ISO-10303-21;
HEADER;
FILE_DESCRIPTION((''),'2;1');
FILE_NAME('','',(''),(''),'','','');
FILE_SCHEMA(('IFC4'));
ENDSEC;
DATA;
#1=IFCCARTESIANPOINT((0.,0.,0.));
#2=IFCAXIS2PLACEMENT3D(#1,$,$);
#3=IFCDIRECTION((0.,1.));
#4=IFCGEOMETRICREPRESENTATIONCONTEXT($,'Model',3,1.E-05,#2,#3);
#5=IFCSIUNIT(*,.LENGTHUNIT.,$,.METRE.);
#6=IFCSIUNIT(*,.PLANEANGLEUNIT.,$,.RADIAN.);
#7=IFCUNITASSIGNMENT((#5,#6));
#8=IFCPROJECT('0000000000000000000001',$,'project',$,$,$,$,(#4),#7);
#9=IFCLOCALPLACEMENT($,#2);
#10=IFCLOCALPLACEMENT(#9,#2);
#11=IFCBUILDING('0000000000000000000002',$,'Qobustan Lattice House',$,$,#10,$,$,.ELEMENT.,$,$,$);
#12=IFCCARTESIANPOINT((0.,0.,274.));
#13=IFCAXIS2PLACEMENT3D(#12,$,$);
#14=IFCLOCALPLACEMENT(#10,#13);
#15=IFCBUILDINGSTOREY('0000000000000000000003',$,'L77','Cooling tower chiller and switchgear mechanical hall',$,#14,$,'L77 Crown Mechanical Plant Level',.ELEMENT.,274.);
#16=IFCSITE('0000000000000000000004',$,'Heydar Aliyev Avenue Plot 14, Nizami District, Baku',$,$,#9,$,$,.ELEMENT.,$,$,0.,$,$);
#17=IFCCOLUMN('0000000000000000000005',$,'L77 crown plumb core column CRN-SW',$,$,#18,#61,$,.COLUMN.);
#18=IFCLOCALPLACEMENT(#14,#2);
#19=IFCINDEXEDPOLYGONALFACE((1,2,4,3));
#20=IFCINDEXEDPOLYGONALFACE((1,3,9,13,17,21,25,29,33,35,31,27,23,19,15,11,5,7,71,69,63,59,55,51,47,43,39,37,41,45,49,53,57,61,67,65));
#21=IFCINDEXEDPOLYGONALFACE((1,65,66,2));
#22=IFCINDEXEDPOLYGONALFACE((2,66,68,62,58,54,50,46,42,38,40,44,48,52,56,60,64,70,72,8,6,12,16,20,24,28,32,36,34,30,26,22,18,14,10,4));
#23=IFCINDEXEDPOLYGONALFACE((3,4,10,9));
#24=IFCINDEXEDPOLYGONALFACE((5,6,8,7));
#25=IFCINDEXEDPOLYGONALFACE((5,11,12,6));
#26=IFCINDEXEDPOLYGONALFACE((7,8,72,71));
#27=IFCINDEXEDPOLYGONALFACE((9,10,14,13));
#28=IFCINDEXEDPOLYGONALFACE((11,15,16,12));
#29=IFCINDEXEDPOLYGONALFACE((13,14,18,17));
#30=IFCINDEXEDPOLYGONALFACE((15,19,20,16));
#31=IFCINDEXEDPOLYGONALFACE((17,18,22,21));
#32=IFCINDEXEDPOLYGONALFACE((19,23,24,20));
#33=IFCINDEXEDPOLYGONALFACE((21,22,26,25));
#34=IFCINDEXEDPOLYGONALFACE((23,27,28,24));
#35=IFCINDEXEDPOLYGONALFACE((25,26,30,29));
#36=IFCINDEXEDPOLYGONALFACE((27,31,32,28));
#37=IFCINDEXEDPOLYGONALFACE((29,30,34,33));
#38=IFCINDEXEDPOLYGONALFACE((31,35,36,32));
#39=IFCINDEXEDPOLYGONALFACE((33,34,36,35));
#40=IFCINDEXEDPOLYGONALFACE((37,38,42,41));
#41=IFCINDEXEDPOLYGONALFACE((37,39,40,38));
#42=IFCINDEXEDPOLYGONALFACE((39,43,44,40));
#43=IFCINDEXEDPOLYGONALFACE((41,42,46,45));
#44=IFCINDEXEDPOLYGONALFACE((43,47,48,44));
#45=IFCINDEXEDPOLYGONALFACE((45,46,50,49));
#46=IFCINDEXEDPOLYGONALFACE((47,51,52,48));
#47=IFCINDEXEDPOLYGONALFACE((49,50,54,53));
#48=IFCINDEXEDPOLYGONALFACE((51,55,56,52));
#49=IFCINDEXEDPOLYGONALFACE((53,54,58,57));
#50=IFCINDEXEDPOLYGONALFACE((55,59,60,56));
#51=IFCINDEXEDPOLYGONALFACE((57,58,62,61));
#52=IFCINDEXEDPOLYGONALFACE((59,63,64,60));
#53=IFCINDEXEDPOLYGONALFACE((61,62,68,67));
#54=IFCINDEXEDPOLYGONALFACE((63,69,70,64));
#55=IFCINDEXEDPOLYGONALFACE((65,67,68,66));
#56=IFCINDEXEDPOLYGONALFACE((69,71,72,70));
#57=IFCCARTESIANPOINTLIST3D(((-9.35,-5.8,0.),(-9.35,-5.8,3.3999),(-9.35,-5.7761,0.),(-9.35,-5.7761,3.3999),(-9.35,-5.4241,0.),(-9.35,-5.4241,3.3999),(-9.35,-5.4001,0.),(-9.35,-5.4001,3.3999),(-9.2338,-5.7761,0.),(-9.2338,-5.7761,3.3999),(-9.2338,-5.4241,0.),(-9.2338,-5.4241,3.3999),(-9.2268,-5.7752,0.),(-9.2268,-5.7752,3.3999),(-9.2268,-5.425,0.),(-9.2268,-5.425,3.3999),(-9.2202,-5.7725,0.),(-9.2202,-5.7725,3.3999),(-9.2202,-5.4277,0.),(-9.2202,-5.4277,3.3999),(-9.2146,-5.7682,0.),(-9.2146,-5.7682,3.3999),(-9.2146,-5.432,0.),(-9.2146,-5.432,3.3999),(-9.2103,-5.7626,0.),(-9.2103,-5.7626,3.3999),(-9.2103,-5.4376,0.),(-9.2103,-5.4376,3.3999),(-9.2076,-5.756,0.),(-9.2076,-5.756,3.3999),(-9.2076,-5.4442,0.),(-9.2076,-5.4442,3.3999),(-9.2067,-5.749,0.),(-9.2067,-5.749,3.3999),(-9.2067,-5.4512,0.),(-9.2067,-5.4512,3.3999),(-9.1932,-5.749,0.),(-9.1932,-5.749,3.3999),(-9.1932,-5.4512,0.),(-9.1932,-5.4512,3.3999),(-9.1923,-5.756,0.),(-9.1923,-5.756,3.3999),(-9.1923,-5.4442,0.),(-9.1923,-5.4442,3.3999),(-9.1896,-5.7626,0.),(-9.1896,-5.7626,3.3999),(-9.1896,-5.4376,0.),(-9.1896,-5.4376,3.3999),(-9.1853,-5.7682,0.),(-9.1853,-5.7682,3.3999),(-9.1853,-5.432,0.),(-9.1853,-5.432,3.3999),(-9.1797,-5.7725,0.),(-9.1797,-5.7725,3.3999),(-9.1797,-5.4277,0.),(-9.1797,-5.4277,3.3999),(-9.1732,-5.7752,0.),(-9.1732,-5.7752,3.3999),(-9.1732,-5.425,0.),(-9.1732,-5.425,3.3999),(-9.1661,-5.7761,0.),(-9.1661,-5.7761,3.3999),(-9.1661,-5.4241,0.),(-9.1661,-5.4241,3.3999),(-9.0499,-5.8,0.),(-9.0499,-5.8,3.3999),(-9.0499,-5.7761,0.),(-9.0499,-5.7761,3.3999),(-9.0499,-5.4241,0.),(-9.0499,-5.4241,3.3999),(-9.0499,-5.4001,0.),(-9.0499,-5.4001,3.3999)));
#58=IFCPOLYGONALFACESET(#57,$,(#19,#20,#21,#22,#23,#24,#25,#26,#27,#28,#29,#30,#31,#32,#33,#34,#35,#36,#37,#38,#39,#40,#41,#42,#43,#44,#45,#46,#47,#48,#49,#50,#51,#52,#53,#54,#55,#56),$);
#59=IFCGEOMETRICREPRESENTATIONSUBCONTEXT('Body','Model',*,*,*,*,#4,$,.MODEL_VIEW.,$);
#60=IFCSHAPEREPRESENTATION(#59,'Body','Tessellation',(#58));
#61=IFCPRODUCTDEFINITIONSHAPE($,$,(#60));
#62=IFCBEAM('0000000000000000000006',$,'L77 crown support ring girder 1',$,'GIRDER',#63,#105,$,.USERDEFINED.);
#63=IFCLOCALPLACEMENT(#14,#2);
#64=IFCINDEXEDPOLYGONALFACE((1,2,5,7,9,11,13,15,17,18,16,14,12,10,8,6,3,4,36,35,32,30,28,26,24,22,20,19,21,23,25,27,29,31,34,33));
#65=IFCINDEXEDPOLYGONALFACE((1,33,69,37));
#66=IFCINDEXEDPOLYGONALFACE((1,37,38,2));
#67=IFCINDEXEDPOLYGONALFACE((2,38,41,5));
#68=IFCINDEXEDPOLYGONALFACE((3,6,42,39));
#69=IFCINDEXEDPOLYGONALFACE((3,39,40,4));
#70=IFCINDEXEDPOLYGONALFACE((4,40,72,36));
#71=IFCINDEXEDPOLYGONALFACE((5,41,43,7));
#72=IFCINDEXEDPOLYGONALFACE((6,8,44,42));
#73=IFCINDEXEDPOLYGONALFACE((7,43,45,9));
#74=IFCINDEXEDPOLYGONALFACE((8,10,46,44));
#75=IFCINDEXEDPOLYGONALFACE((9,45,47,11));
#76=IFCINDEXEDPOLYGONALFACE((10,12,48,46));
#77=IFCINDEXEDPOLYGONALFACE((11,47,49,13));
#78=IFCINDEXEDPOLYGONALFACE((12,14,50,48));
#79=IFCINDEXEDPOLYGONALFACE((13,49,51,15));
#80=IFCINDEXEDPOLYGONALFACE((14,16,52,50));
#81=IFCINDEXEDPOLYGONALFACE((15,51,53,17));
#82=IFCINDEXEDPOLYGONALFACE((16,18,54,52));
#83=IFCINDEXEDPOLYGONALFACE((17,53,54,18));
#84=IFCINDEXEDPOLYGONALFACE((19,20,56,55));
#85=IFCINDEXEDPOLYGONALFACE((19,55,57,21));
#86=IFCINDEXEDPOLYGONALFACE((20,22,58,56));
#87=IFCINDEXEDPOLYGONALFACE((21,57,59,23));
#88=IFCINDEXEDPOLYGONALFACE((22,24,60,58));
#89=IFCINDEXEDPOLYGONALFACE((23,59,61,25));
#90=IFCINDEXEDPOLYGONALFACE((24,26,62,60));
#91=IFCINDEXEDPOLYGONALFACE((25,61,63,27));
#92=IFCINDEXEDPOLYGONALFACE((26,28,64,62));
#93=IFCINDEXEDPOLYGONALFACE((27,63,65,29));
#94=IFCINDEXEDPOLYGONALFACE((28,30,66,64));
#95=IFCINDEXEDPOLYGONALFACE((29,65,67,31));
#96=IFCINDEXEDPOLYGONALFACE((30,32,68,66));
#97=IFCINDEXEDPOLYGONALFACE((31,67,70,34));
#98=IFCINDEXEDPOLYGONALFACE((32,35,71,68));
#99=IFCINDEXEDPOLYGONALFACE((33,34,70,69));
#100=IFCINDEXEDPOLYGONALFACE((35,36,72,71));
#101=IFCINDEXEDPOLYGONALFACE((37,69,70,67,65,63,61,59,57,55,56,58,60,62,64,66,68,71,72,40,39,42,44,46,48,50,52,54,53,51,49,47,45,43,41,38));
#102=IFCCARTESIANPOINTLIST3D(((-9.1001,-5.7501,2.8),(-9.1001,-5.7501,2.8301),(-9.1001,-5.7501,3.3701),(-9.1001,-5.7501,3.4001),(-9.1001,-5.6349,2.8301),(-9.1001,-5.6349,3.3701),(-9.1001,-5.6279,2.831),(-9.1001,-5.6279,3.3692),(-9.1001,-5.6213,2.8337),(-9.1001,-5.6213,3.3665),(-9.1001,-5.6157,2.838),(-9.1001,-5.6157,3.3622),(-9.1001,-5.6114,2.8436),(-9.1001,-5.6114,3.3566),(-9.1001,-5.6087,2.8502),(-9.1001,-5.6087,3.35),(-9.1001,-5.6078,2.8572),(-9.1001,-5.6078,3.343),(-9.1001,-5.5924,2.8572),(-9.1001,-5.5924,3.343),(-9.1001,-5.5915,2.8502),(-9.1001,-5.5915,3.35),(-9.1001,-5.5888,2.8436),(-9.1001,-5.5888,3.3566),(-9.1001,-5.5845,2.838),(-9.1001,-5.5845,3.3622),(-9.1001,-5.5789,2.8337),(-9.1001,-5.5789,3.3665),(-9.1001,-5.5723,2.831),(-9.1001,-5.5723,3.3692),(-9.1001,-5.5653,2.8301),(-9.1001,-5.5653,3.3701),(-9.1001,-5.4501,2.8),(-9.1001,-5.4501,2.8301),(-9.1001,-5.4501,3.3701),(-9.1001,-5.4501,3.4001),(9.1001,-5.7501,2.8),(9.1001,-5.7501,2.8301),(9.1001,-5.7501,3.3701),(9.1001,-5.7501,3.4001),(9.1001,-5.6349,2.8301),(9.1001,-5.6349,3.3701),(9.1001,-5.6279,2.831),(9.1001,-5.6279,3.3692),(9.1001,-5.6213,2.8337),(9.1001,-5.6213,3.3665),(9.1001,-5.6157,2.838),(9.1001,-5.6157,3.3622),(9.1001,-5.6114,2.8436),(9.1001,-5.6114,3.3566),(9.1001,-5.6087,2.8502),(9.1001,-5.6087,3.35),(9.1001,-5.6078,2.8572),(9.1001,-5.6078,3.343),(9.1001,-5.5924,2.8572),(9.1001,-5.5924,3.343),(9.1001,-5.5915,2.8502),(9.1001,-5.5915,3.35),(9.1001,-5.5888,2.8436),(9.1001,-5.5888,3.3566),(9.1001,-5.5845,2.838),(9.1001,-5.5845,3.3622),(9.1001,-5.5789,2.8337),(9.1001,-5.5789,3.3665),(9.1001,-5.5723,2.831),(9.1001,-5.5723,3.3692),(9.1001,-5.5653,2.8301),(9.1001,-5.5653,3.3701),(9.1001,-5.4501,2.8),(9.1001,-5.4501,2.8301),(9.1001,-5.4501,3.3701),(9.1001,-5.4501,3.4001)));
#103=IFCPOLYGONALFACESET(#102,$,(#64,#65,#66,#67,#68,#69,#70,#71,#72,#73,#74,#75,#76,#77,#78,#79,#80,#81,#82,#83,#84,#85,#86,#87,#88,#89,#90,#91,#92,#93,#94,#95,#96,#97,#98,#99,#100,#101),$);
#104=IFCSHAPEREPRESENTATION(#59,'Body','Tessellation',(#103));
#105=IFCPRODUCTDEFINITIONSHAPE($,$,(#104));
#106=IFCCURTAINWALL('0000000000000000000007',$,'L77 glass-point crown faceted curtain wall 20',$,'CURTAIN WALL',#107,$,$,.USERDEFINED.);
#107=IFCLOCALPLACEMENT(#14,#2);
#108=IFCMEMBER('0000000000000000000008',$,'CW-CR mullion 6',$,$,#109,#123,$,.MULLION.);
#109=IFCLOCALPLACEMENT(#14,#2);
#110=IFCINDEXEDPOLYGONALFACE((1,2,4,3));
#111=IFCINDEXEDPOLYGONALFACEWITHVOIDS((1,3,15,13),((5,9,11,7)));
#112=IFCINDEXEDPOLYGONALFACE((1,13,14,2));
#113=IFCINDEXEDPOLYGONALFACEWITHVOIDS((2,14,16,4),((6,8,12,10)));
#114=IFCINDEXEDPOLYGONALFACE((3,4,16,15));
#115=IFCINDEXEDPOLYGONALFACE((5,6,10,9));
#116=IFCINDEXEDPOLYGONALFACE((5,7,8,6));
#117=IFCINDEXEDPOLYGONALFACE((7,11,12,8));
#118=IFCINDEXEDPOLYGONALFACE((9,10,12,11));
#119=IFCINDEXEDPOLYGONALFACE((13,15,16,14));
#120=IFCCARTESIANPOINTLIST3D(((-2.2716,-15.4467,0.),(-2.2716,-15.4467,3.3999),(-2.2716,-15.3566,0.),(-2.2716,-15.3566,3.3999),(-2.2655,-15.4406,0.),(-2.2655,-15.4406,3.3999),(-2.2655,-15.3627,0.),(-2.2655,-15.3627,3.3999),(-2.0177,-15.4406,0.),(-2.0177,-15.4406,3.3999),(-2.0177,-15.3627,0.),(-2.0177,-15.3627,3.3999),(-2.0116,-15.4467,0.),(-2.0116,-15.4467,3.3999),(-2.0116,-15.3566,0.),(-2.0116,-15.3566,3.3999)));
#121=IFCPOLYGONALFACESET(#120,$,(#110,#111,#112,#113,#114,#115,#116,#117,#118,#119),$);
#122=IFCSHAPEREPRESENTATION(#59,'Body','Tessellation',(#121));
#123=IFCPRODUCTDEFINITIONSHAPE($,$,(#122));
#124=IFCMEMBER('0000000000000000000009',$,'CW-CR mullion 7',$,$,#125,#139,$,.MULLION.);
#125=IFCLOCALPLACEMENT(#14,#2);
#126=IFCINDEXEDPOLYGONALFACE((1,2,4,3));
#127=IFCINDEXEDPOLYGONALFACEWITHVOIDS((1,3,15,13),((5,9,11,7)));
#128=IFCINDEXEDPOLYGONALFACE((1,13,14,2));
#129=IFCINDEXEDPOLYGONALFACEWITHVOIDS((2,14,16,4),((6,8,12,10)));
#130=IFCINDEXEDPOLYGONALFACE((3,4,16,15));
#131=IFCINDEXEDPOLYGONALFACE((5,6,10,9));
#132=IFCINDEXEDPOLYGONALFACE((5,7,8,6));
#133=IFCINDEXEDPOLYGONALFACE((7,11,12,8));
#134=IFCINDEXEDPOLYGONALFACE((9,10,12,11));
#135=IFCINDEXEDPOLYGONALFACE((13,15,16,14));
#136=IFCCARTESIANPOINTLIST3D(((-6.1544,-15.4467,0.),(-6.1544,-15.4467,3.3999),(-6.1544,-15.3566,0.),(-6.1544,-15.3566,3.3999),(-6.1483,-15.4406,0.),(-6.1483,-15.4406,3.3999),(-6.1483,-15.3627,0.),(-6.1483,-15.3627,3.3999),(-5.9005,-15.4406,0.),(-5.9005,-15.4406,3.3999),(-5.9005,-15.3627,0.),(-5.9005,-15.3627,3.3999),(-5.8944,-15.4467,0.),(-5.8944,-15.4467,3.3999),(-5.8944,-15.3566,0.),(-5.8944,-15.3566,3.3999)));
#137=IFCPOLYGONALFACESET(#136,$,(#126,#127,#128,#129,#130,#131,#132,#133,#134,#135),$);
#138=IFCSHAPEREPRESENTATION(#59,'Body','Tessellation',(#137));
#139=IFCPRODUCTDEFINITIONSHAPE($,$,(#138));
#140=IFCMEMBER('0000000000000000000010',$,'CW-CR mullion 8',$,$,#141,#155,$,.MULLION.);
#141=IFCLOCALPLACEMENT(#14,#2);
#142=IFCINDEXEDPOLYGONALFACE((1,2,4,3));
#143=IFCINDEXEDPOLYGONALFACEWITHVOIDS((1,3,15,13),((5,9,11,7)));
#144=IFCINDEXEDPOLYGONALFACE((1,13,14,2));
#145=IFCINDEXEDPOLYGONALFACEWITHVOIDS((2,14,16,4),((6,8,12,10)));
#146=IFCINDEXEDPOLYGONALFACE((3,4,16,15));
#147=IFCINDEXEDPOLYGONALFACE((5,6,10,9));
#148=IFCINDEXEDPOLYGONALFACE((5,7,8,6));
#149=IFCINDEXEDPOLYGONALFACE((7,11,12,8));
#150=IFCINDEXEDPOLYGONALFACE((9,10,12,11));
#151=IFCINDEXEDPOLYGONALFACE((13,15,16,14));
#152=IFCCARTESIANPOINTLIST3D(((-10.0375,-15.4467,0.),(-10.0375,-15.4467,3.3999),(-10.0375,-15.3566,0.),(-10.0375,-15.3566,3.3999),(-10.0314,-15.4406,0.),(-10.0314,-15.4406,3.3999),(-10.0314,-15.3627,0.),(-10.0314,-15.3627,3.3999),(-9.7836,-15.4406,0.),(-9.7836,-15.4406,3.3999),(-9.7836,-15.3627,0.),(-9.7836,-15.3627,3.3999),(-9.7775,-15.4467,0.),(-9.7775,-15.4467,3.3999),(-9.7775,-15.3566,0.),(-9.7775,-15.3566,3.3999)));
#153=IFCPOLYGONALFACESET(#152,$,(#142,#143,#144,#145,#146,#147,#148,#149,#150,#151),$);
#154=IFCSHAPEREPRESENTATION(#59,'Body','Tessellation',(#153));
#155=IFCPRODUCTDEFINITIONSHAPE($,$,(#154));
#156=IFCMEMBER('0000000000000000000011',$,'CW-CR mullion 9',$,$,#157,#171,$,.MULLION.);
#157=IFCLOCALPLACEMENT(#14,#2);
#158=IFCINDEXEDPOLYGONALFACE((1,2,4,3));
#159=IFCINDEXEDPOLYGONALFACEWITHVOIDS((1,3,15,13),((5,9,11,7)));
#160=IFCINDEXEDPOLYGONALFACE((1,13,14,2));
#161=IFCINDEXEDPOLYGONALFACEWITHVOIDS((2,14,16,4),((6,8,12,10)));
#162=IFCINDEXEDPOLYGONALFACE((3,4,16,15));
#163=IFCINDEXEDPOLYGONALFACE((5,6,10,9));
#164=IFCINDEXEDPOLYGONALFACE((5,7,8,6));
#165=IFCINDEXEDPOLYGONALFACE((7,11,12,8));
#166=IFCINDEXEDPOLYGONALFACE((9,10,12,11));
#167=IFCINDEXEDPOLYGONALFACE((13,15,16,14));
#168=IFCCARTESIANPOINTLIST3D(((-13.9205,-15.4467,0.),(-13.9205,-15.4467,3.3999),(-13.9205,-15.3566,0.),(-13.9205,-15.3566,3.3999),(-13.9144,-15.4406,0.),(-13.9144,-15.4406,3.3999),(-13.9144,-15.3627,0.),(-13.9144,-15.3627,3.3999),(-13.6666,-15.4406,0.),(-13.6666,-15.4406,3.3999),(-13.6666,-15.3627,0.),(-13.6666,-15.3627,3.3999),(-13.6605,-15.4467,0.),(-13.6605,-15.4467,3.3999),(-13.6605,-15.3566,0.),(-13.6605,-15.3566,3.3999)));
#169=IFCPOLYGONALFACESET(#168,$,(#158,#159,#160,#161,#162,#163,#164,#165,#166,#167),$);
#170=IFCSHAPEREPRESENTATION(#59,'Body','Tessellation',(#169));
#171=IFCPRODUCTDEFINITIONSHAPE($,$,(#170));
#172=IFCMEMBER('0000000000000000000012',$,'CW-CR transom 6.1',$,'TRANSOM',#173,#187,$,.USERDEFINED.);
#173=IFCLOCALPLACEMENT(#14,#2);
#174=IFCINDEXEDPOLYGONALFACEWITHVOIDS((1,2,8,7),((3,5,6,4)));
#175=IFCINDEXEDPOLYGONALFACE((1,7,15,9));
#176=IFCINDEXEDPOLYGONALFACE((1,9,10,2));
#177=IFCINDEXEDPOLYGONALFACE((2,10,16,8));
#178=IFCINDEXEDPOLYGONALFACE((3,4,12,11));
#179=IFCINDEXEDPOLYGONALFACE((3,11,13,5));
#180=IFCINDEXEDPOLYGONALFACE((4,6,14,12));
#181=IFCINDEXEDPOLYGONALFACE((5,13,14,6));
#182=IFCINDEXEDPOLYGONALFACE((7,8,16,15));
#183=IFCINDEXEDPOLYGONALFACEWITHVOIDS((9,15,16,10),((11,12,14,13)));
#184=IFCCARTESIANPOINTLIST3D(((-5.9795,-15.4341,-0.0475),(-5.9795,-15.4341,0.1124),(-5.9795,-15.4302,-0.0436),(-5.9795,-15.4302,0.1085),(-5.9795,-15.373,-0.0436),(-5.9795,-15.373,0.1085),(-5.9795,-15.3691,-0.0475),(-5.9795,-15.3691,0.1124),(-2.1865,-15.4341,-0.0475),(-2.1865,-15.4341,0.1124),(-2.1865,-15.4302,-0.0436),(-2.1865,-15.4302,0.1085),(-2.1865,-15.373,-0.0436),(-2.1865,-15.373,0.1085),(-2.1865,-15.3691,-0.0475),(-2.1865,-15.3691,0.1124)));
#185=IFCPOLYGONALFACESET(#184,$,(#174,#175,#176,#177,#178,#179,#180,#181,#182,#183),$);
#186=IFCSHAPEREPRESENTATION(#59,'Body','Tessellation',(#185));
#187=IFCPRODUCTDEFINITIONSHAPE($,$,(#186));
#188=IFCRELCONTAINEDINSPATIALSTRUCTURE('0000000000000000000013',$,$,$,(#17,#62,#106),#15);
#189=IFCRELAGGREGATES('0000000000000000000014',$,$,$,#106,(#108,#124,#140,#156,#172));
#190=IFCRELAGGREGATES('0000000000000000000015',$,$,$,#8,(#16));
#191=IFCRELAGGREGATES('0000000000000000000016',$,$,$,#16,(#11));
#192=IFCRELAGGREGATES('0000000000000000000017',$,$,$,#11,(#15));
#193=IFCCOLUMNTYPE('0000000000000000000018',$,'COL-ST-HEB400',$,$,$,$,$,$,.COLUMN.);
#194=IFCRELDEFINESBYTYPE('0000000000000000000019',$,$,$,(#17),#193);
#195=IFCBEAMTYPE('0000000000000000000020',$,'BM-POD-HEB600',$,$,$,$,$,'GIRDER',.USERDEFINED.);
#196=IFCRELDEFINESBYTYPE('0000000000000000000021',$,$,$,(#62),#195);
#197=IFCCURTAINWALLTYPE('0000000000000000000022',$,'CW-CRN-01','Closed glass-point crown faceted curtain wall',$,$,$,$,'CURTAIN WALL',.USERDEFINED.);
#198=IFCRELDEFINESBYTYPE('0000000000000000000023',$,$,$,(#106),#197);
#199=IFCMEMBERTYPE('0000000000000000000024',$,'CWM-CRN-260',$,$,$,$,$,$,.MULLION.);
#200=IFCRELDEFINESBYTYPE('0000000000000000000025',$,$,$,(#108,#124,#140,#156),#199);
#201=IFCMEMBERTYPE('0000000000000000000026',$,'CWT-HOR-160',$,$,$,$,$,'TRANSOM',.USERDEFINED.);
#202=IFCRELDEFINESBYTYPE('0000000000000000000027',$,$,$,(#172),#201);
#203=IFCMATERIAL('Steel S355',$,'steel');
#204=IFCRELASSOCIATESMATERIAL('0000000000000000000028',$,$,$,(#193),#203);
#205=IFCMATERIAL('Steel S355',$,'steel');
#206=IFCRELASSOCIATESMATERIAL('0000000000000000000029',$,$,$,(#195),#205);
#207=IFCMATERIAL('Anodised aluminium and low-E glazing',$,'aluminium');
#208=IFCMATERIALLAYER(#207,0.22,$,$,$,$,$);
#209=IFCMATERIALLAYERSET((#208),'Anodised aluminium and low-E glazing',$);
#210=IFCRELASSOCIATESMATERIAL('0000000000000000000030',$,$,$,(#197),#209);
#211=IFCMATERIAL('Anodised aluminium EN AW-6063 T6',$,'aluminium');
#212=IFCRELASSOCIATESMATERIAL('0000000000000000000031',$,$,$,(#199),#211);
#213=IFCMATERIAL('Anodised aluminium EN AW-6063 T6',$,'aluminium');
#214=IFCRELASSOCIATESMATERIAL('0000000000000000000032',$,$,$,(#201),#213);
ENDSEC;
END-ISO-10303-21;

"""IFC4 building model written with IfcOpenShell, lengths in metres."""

from ifc_helpers import new_model, si_unit, direction, frame, origin, origin_2d, place, context, subcontext, project, spatial, hollow_rectangle, i_section, extrude, material, layer, layer_set, material_profile, profile_set, type_object, element, aggregate, save


model = new_model("IFC4")

# Units and contexts
model_context = context("Model", 3, precision=1e-05, world=origin(), true_north=direction((0.0, 1.0)))
body_context = subcontext(model_context, "Body", "Model", "MODEL_VIEW")
ifc_project = project(units=[si_unit("LENGTHUNIT", "METRE"), si_unit("PLANEANGLEUNIT", "RADIAN")], contexts=[model_context])

# Site, building, storey
site_placement = place(None, origin())
site = spatial("IfcSite", under=ifc_project, at=site_placement, Name="Heydar Aliyev Avenue Plot 14, Nizami District, Baku", CompositionType="ELEMENT", RefElevation=0.0)
building_placement = place(site_placement, origin())
building = spatial("IfcBuilding", under=site, at=building_placement, Name="Qobustan Lattice House", CompositionType="ELEMENT")
storey_placement = place(building_placement, frame((0.0, 0.0, 274.0)))
storey = spatial("IfcBuildingStorey", under=building, at=storey_placement, Name="L77", Description="Cooling tower chiller and switchgear mechanical hall", LongName="L77 Crown Mechanical Plant Level", CompositionType="ELEMENT", Elevation=274.0)

# Column
ifc_material_1 = material(Name="Steel S355", Category="steel")
ifc_material_profile_1 = material_profile(ifc_material_1, i_section(OverallWidth=0.3, OverallDepth=0.3999, WebThickness=0.0134, FlangeThickness=0.0239, FilletRadius=0.0271, at=origin_2d()), Name="HEB400")
ifc_profile_set_1 = profile_set([ifc_material_profile_1], Name="Steel S355")
column_type = type_object("IfcColumnType", Name="COL-ST-HEB400", PredefinedType="COLUMN", material=ifc_profile_set_1)
column_placement = place(storey_placement, frame((-9.2, -5.6001, 0.0), z_axis=(0.0, 0.0, 1.0), x_axis=(1.0, 0.0, 0.0)))
element("IfcColumn", 1, at=column_placement, inside=storey, type_object=column_type, Name="L77 crown plumb core column CRN-SW", PredefinedType="COLUMN", context=body_context, shape_type="SweptSolid", body=[
    extrude(i_section(OverallWidth=0.3, OverallDepth=0.3999, WebThickness=0.0134, FlangeThickness=0.0239, FilletRadius=0.0271, at=origin_2d()), origin(), (0.0, 0.0, 1.0), 3.3999),
])

# Beam
ifc_material_2 = material(Name="Steel S355", Category="steel")
ifc_material_profile_2 = material_profile(ifc_material_2, i_section(OverallWidth=0.3, OverallDepth=0.6001, WebThickness=0.0154, FlangeThickness=0.03, FilletRadius=0.0271, at=origin_2d()), Name="HEB600")
ifc_profile_set_2 = profile_set([ifc_material_profile_2], Name="Steel S355")
beam_type = type_object("IfcBeamType", Name="BM-POD-HEB600", ElementType="GIRDER", PredefinedType="USERDEFINED", material=ifc_profile_set_2)
beam_placement = place(storey_placement, frame((-9.1001, -5.6001, 3.1001), z_axis=(1.0, 0.0, 0.0), x_axis=(0.0, 1.0, 0.0)))
element("IfcBeam", 2, at=beam_placement, inside=storey, type_object=beam_type, Name="L77 crown support ring girder 1", ObjectType="GIRDER", PredefinedType="USERDEFINED", context=body_context, shape_type="SweptSolid", body=[
    extrude(i_section(OverallWidth=0.3, OverallDepth=0.6001, WebThickness=0.0154, FlangeThickness=0.03, FilletRadius=0.0271, at=origin_2d()), origin(), (0.0, 0.0, 1.0), 18.2002),
])

# Curtain wall, members
ifc_material_3 = material(Name="Anodised aluminium and low-E glazing", Category="aluminium")
ifc_layer_1 = layer(ifc_material_3, 0.22)
ifc_layer_set_1 = layer_set([ifc_layer_1], Name="Anodised aluminium and low-E glazing")
curtain_wall_type = type_object("IfcCurtainWallType", Name="CW-CRN-01", Description="Closed glass-point crown faceted curtain wall", ElementType="CURTAIN WALL", PredefinedType="USERDEFINED", material=ifc_layer_set_1)
curtain_wall_placement = place(storey_placement, origin())
curtain_wall = element("IfcCurtainWall", 3, at=curtain_wall_placement, inside=storey, type_object=curtain_wall_type, Name="L77 glass-point crown faceted curtain wall 20", ObjectType="CURTAIN WALL", PredefinedType="USERDEFINED")
ifc_material_4 = material(Name="Anodised aluminium EN AW-6063 T6", Category="aluminium")
ifc_material_profile_3 = material_profile(ifc_material_4, hollow_rectangle(XDim=0.0901, YDim=0.26, WallThickness=0.0061, at=origin_2d()), Name="CWM-CROWN-260x90")
ifc_profile_set_3 = profile_set([ifc_material_profile_3], Name="Anodised aluminium EN AW-6063 T6")
member_type_1 = type_object("IfcMemberType", Name="CWM-CRN-260", PredefinedType="MULLION", material=ifc_profile_set_3)
member_1_placement = place(storey_placement, frame((-2.1416, -15.4016, 0.0), z_axis=(0.0, 0.0, 1.0), x_axis=(0.0, -1.0, 0.0)))
member_1 = element("IfcMember", 4, at=member_1_placement, type_object=member_type_1, Name="CW-CR mullion 6", PredefinedType="MULLION", context=body_context, shape_type="SweptSolid", body=[
    extrude(hollow_rectangle(XDim=0.0901, YDim=0.26, WallThickness=0.0061, at=origin_2d()), origin(), (0.0, 0.0, 1.0), 3.3999),
])
member_2_placement = place(storey_placement, frame((-6.0244, -15.4016, 0.0), z_axis=(0.0, 0.0, 1.0), x_axis=(0.0, -1.0, 0.0)))
member_2 = element("IfcMember", 5, at=member_2_placement, type_object=member_type_1, Name="CW-CR mullion 7", PredefinedType="MULLION", context=body_context, shape_type="SweptSolid", body=[
    extrude(hollow_rectangle(XDim=0.0901, YDim=0.26, WallThickness=0.0061, at=origin_2d()), origin(), (0.0, 0.0, 1.0), 3.3999),
])
member_3_placement = place(storey_placement, frame((-9.9075, -15.4016, 0.0), z_axis=(0.0, 0.0, 1.0), x_axis=(0.0, -1.0, 0.0)))
member_3 = element("IfcMember", 6, at=member_3_placement, type_object=member_type_1, Name="CW-CR mullion 8", PredefinedType="MULLION", context=body_context, shape_type="SweptSolid", body=[
    extrude(hollow_rectangle(XDim=0.0901, YDim=0.26, WallThickness=0.0061, at=origin_2d()), origin(), (0.0, 0.0, 1.0), 3.3999),
])
member_4_placement = place(storey_placement, frame((-13.7905, -15.4016, 0.0), z_axis=(0.0, 0.0, 1.0), x_axis=(0.0, -1.0, 0.0)))
member_4 = element("IfcMember", 7, at=member_4_placement, type_object=member_type_1, Name="CW-CR mullion 9", PredefinedType="MULLION", context=body_context, shape_type="SweptSolid", body=[
    extrude(hollow_rectangle(XDim=0.0901, YDim=0.26, WallThickness=0.0061, at=origin_2d()), origin(), (0.0, 0.0, 1.0), 3.3999),
])
ifc_material_5 = material(Name="Anodised aluminium EN AW-6063 T6", Category="aluminium")
ifc_material_profile_4 = material_profile(ifc_material_5, hollow_rectangle(XDim=0.0649, YDim=0.1599, WallThickness=0.0039, at=origin_2d()), Name="CWT-160x65")
ifc_profile_set_4 = profile_set([ifc_material_profile_4], Name="Anodised aluminium EN AW-6063 T6")
member_type_2 = type_object("IfcMemberType", Name="CWT-HOR-160", ElementType="TRANSOM", PredefinedType="USERDEFINED", material=ifc_profile_set_4)
member_5_placement = place(storey_placement, frame((-2.1865, -15.4016, 0.0325), z_axis=(-1.0, 0.0, 0.0), x_axis=(0.0, -1.0, 0.0)))
member_5 = element("IfcMember", 8, at=member_5_placement, type_object=member_type_2, Name="CW-CR transom 6.1", ObjectType="TRANSOM", PredefinedType="USERDEFINED", context=body_context, shape_type="SweptSolid", body=[
    extrude(hollow_rectangle(XDim=0.0649, YDim=0.1599, WallThickness=0.0039, at=origin_2d()), origin(), (0.0, 0.0, 1.0), 3.793),
])

aggregate(curtain_wall, [member_1, member_2, member_3, member_4, member_5])

save(model, "model.ifc")
